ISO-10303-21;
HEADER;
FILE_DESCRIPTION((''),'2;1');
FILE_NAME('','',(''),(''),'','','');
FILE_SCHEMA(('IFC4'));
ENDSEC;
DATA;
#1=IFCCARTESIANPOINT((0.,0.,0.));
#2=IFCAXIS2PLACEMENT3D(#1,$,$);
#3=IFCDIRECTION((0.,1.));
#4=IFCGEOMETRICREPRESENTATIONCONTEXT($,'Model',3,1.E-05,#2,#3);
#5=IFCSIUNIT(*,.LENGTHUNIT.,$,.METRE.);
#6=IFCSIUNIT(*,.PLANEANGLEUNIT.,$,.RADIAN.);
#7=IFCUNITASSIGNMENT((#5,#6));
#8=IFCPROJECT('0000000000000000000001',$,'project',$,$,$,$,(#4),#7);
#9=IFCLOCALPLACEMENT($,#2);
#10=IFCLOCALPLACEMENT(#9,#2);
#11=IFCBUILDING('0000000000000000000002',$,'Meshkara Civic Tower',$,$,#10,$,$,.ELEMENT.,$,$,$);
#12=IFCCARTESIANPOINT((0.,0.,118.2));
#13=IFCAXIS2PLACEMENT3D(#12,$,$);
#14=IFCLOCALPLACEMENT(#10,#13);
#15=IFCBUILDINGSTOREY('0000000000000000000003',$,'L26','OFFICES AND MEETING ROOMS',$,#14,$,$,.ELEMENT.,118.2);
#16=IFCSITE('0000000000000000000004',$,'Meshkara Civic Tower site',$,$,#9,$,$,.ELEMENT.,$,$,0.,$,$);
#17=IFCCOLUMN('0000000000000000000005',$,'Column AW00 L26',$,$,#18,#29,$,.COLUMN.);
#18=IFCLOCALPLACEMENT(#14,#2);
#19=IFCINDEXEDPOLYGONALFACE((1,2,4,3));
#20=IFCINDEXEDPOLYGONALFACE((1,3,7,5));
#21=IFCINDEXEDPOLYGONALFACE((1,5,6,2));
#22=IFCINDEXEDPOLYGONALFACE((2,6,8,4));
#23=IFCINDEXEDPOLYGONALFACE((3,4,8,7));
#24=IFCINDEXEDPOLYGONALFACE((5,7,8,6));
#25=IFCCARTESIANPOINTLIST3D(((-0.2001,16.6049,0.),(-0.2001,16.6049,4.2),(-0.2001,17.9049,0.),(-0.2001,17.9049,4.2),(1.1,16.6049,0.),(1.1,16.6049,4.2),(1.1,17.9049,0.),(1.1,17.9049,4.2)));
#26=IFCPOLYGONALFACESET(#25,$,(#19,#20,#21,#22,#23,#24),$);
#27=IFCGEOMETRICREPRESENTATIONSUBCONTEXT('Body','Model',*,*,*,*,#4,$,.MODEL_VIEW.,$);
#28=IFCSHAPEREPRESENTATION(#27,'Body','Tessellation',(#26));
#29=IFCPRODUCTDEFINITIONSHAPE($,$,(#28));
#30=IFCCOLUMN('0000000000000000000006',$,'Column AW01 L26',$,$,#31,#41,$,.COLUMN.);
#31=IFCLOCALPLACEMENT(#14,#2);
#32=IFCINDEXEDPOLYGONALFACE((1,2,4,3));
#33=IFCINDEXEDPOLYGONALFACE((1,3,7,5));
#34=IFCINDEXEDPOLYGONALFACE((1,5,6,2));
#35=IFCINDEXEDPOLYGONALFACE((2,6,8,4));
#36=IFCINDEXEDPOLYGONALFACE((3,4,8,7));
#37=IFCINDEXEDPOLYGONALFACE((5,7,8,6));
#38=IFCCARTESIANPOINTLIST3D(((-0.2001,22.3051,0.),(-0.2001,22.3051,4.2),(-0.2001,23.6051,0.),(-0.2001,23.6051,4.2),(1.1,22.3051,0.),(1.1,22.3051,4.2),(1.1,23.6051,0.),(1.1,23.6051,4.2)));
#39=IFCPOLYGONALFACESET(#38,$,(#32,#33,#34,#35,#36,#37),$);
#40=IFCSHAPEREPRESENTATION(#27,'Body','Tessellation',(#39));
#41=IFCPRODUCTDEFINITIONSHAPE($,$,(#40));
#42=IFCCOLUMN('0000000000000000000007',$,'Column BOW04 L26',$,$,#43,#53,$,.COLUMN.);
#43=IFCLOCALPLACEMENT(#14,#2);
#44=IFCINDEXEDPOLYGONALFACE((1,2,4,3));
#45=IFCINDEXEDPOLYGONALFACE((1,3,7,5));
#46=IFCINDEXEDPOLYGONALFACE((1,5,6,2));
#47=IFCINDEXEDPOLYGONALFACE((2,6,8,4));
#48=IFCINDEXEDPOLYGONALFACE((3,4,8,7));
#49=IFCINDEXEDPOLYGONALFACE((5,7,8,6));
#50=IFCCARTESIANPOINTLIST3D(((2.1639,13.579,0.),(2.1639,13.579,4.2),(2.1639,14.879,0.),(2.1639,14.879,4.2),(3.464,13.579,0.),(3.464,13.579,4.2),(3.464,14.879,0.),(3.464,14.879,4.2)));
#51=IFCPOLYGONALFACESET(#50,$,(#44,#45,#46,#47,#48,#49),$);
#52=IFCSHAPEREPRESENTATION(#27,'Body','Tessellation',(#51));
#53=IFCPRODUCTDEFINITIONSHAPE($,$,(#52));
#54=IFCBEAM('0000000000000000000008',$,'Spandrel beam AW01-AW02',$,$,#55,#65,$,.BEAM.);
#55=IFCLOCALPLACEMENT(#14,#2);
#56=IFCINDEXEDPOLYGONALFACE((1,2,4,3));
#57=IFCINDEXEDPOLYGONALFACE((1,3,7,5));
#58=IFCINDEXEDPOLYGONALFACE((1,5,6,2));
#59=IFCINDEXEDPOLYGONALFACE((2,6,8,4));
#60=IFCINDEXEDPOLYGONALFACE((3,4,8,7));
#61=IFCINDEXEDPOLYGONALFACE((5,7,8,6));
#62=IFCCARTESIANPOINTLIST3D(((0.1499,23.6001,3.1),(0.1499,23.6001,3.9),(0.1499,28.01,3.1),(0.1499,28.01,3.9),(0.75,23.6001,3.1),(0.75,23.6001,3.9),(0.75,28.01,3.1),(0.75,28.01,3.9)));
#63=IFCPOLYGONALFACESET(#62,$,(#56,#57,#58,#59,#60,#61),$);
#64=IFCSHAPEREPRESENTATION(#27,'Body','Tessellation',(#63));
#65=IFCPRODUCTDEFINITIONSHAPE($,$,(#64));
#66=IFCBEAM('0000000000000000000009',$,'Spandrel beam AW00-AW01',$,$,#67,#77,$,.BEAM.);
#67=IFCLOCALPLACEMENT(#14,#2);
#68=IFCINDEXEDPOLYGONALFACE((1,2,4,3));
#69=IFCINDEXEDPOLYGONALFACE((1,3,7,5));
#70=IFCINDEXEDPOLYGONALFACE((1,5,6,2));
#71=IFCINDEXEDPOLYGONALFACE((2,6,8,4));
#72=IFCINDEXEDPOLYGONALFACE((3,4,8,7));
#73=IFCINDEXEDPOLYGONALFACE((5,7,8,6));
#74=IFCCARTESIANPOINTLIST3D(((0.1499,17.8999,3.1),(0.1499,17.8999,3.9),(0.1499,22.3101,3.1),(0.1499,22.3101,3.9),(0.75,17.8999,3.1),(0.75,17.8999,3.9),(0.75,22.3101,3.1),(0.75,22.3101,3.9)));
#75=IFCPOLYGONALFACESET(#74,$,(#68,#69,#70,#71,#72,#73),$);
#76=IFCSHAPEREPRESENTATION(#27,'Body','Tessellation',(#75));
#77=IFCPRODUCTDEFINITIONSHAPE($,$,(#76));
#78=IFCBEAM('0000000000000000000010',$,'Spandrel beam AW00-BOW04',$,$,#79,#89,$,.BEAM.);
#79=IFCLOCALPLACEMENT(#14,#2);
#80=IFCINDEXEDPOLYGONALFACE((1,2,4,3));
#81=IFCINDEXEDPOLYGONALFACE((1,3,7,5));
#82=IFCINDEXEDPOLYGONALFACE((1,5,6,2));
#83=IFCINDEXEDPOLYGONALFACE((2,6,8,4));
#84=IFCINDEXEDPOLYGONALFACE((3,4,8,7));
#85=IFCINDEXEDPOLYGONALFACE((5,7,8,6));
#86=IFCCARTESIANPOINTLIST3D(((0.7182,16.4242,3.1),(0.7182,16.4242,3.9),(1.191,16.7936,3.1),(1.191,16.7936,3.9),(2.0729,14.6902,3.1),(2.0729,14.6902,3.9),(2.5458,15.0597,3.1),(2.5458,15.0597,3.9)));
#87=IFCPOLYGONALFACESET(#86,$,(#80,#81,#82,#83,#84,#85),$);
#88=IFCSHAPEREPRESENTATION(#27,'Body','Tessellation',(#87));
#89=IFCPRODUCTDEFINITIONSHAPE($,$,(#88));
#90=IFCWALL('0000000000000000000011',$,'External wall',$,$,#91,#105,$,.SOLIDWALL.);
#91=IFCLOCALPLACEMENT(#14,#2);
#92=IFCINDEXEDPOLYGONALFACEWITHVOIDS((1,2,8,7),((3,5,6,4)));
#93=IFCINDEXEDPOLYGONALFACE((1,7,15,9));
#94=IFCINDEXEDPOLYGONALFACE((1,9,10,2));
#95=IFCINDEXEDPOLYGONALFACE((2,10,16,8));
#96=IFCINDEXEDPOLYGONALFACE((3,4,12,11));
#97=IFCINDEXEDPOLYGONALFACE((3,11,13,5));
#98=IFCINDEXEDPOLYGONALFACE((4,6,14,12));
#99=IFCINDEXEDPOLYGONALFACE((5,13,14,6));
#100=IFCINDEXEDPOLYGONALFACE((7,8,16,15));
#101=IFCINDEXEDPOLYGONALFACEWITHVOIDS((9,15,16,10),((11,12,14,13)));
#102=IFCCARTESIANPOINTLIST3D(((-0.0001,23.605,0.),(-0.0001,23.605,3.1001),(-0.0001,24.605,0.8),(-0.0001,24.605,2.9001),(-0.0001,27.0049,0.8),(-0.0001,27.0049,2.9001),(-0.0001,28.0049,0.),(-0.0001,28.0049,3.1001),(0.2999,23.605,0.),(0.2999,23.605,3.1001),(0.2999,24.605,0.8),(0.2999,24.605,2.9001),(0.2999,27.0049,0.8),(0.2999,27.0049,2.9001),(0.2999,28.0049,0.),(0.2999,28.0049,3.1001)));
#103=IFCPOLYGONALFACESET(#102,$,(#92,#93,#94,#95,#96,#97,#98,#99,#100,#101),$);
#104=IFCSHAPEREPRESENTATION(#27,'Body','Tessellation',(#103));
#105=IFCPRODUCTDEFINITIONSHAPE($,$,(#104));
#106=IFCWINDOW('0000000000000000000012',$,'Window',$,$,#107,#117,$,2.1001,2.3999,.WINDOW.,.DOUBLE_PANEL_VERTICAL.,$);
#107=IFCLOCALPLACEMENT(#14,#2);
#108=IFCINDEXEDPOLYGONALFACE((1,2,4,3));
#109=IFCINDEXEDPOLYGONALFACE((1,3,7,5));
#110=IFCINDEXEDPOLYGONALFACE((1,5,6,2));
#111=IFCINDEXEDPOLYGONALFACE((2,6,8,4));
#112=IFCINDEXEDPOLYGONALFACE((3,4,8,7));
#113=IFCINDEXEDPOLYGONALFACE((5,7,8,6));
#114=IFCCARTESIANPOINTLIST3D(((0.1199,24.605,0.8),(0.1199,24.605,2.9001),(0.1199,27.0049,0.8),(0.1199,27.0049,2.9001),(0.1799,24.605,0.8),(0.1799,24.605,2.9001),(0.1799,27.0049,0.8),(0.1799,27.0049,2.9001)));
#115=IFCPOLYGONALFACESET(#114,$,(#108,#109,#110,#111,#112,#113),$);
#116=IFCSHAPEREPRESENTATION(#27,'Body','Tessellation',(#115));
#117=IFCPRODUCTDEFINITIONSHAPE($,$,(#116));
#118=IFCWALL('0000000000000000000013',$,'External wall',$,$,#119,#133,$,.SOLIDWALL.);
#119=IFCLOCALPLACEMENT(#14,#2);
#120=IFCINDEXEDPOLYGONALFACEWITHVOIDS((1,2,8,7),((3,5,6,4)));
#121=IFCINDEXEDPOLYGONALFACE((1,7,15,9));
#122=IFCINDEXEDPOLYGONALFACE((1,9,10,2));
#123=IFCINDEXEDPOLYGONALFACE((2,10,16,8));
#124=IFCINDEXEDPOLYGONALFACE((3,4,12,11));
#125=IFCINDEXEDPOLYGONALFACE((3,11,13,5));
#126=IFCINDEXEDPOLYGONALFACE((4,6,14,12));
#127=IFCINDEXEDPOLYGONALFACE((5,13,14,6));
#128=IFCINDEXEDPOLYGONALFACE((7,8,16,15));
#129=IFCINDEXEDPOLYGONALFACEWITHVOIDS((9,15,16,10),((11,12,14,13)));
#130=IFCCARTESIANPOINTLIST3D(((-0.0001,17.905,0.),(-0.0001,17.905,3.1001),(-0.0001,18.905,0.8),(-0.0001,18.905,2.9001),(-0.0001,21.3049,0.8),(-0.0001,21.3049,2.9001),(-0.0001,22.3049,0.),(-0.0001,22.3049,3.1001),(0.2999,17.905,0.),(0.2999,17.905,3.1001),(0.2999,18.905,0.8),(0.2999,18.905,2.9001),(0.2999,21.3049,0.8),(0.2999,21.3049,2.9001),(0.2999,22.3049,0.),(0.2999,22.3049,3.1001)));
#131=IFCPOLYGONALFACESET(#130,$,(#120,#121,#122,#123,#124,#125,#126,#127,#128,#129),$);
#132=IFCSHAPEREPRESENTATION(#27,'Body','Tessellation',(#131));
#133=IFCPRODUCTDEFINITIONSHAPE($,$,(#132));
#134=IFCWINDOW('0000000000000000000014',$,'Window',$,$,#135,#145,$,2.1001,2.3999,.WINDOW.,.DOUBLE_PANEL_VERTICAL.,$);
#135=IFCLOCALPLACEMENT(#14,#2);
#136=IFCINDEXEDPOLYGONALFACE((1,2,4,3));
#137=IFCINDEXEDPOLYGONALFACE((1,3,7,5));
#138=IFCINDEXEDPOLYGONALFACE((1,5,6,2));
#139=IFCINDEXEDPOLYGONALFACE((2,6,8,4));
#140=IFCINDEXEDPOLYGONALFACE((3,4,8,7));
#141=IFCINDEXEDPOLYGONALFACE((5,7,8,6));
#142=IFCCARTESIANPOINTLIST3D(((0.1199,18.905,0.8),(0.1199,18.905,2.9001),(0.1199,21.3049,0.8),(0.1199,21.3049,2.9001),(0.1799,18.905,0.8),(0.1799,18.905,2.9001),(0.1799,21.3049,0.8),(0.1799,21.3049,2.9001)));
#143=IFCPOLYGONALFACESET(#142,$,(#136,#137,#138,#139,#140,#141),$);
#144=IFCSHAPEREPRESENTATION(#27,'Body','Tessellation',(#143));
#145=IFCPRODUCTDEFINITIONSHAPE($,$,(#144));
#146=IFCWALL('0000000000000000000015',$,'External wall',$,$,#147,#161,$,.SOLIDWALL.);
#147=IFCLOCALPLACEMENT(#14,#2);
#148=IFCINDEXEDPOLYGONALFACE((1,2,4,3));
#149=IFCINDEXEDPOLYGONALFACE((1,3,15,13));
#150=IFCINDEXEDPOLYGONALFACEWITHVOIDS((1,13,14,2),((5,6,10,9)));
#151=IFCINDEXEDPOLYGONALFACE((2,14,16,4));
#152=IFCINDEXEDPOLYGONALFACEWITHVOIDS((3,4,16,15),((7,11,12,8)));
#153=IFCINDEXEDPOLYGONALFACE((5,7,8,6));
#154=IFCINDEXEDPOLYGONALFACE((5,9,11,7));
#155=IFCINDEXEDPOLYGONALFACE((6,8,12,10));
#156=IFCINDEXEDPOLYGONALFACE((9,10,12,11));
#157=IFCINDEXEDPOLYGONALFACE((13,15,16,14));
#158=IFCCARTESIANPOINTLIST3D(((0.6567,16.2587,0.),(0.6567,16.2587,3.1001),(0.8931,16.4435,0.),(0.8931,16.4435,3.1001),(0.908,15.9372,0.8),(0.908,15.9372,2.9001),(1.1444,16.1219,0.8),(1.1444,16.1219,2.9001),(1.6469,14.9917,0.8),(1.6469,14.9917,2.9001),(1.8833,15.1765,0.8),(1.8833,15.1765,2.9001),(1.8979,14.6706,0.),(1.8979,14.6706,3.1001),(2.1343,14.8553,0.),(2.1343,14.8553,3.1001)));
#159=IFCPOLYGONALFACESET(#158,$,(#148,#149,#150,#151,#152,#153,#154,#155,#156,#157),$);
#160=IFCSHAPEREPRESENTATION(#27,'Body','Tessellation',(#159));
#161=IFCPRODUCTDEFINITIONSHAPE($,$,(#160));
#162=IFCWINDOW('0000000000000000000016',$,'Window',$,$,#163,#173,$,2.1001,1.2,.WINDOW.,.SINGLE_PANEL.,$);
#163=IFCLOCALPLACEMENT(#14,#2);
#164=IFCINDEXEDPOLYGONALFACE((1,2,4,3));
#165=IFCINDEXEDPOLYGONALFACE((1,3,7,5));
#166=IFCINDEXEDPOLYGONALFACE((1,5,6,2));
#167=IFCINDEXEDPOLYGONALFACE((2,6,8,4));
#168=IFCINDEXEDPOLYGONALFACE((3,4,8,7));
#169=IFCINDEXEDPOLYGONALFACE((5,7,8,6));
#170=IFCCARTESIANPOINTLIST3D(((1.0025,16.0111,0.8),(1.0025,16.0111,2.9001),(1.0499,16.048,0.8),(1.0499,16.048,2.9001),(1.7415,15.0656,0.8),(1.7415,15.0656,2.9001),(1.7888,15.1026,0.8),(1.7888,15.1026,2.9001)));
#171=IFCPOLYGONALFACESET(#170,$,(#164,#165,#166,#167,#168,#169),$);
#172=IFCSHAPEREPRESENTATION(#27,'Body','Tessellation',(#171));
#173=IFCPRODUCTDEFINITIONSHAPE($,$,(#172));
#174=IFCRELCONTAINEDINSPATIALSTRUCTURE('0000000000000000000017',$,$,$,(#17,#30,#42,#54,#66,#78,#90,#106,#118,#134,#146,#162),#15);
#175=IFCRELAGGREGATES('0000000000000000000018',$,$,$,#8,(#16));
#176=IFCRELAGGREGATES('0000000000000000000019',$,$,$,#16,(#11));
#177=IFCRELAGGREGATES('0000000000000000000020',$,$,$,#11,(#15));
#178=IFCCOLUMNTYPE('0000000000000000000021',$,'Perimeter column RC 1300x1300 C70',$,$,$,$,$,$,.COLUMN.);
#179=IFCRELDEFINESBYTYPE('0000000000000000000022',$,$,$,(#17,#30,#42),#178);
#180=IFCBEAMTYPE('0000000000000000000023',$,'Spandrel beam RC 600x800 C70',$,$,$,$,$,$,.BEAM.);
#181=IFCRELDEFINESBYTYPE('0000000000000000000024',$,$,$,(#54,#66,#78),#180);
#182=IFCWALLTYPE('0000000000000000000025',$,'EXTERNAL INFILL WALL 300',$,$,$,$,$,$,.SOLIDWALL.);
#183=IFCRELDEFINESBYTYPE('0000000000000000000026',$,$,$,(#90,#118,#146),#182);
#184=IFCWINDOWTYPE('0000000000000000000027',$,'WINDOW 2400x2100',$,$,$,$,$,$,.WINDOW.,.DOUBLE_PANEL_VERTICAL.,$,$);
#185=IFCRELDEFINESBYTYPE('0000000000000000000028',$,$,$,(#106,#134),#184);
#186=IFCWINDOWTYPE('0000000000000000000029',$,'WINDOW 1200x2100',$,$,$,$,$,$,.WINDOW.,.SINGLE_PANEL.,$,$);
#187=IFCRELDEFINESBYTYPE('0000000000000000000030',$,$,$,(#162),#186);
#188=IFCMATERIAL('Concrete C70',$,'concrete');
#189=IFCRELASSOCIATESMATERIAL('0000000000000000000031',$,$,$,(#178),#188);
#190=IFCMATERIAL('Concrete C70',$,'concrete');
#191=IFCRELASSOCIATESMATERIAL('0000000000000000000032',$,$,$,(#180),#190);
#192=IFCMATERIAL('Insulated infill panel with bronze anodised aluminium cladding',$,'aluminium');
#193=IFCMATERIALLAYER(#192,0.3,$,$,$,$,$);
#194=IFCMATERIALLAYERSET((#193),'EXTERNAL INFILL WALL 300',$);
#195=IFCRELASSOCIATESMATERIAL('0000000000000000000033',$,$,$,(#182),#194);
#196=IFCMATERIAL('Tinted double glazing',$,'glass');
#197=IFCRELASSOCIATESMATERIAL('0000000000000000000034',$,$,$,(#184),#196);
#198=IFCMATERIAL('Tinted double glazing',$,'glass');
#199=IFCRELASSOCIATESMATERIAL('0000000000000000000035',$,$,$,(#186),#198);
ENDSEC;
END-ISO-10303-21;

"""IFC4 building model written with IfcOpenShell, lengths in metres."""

from ifc_helpers import new_model, si_unit, direction, frame, frame_2d, origin, origin_2d, place, context, subcontext, project, spatial, rectangle, extrude, material, layer, layer_set, material_profile, profile_set, type_object, element, fill, save


model = new_model("IFC4")

# Units and contexts
model_context = context("Model", 3, precision=1e-05, world=origin(), true_north=direction((0.0, 1.0)))
body_context = subcontext(model_context, "Body", "Model", "MODEL_VIEW")
ifc_project = project(units=[si_unit("LENGTHUNIT", "METRE"), si_unit("PLANEANGLEUNIT", "RADIAN")], contexts=[model_context])

# Site, building, storey
site_placement = place(None, origin())
site = spatial("IfcSite", under=ifc_project, at=site_placement, Name="Meshkara Civic Tower site", CompositionType="ELEMENT", RefElevation=0.0)
building_placement = place(site_placement, origin())
building = spatial("IfcBuilding", under=site, at=building_placement, Name="Meshkara Civic Tower", CompositionType="ELEMENT")
storey_placement = place(building_placement, frame((0.0, 0.0, 118.2)))
storey = spatial("IfcBuildingStorey", under=building, at=storey_placement, Name="L26", Description="OFFICES AND MEETING ROOMS", CompositionType="ELEMENT", Elevation=118.2)

# Columns
ifc_material_1 = material(Name="Concrete C70", Category="concrete")
ifc_material_profile_1 = material_profile(ifc_material_1, rectangle(XDim=1.3, YDim=1.3, at=origin_2d()))
ifc_profile_set_1 = profile_set([ifc_material_profile_1], Name="Concrete C70")
column_type = type_object("IfcColumnType", Name="Perimeter column RC 1300x1300 C70", PredefinedType="COLUMN", material=ifc_profile_set_1)
for number, where, z_axis, x_axis, name in (
    (1, (0.45, 17.2549, 0.0), (0.0, 0.0, 1.0), (1.0, 0.0, 0.0), "Column AW00 L26"),
    (2, (0.45, 22.9551, 0.0), (0.0, 0.0, 1.0), (1.0, 0.0, 0.0), "Column AW01 L26"),
    (3, (2.814, 14.229, 0.0), (0.0, 0.0, 1.0), (1.0, 0.0, 0.0), "Column BOW04 L26"),
):
    element("IfcColumn", number, at=place(storey_placement, frame(where, z_axis=z_axis, x_axis=x_axis)), inside=storey, type_object=column_type, Name=name, PredefinedType="COLUMN", context=body_context, shape_type="SweptSolid", body=[
        extrude(rectangle(XDim=1.3, YDim=1.3, at=origin_2d()), origin(), (0.0, 0.0, 1.0), 4.2),
    ])

# Beams
ifc_material_2 = material(Name="Concrete C70", Category="concrete")
ifc_material_profile_2 = material_profile(ifc_material_2, rectangle(XDim=0.6001, YDim=0.8, at=origin_2d()))
ifc_profile_set_2 = profile_set([ifc_material_profile_2], Name="Concrete C70")
beam_type = type_object("IfcBeamType", Name="Spandrel beam RC 600x800 C70", PredefinedType="BEAM", material=ifc_profile_set_2)
beam_1_placement = place(storey_placement, frame((0.45, 28.01, 3.5), z_axis=(0.0, -1.0, 0.0), x_axis=(1.0, 0.0, 0.0)))
element("IfcBeam", 4, at=beam_1_placement, inside=storey, type_object=beam_type, Name="Spandrel beam AW01-AW02", PredefinedType="BEAM", context=body_context, shape_type="SweptSolid", body=[
    extrude(rectangle(XDim=0.6001, YDim=0.8, at=origin_2d()), origin(), (0.0, 0.0, 1.0), 4.4099),
])
beam_2_placement = place(storey_placement, frame((0.45, 22.3101, 3.5), z_axis=(0.0, -1.0, 0.0), x_axis=(1.0, 0.0, 0.0)))
element("IfcBeam", 5, at=beam_2_placement, inside=storey, type_object=beam_type, Name="Spandrel beam AW00-AW01", PredefinedType="BEAM", context=body_context, shape_type="SweptSolid", body=[
    extrude(rectangle(XDim=0.6001, YDim=0.8, at=origin_2d()), origin(), (0.0, 0.0, 1.0), 4.4102),
])
beam_3_placement = place(storey_placement, frame((0.9546, 16.6089, 3.5), z_axis=(0.615683, -0.787994, 0.0), x_axis=(0.787994, 0.615683, 0.0)))
element("IfcBeam", 6, at=beam_3_placement, inside=storey, type_object=beam_type, Name="Spandrel beam AW00-BOW04", PredefinedType="BEAM", context=body_context, shape_type="SweptSolid", body=[
    extrude(rectangle(XDim=0.6001, YDim=0.8, at=origin_2d()), origin(), (0.0, 0.0, 1.0), 2.2004),
])

# Walls, openings, windows
ifc_material_3 = material(Name="Insulated infill panel with bronze anodised aluminium cladding", Category="aluminium")
ifc_layer_1 = layer(ifc_material_3, 0.3)
ifc_layer_set_1 = layer_set([ifc_layer_1], Name="EXTERNAL INFILL WALL 300")
wall_type_1 = type_object("IfcWallType", Name="EXTERNAL INFILL WALL 300", PredefinedType="SOLIDWALL", material=ifc_layer_set_1)
wall_1_placement = place(storey_placement, frame((0.1499, 28.0049, 0.0), z_axis=(0.0, 0.0, 1.0), x_axis=(0.0, -1.0, 0.0)))
wall_1 = element("IfcWall", 7, at=wall_1_placement, inside=storey, type_object=wall_type_1, Name="External wall", PredefinedType="SOLIDWALL", context=body_context, shape_type="SweptSolid", body=[
    extrude(rectangle(XDim=4.3999, YDim=0.3, at=frame_2d((2.2, 0.0))), origin(), (0.0, 0.0, 1.0), 3.1001),
])
opening_1_placement = place(wall_1_placement, frame((1.0, 0.0, 0.8)))
opening_1 = element("IfcOpeningElement", 8, at=opening_1_placement, cuts=wall_1, PredefinedType="OPENING", context=body_context, shape_type="SweptSolid", body=[
    extrude(rectangle(XDim=2.3999, YDim=2.1001, at=frame_2d((1.2, 1.05))), frame((0.0, 0.1599, 0.0), z_axis=(0.0, -1.0, 0.0), x_axis=(1.0, 0.0, 0.0)), (0.0, 0.0, 1.0), 0.3201),
])
ifc_material_4 = material(Name="Tinted double glazing", Category="glass")
window_type_1 = type_object("IfcWindowType", Name="WINDOW 2400x2100", PartitioningType="DOUBLE_PANEL_VERTICAL", PredefinedType="WINDOW", material=ifc_material_4)
window_1_placement = place(opening_1_placement, origin())
window_1 = element("IfcWindow", 9, at=window_1_placement, inside=storey, type_object=window_type_1, Name="Window", OverallHeight=2.1001, OverallWidth=2.3999, PartitioningType="DOUBLE_PANEL_VERTICAL", PredefinedType="WINDOW", context=body_context, shape_type="SweptSolid", body=[
    extrude(rectangle(XDim=2.3999, YDim=2.1001, at=frame_2d((1.2, 1.05))), frame((0.0, 0.03, 0.0), z_axis=(0.0, -1.0, 0.0), x_axis=(1.0, 0.0, 0.0)), (0.0, 0.0, 1.0), 0.0601),
])
fill(opening_1, window_1)
wall_2_placement = place(storey_placement, frame((0.1499, 22.3049, 0.0), z_axis=(0.0, 0.0, 1.0), x_axis=(0.0, -1.0, 0.0)))
wall_2 = element("IfcWall", 10, at=wall_2_placement, inside=storey, type_object=wall_type_1, Name="External wall", PredefinedType="SOLIDWALL", context=body_context, shape_type="SweptSolid", body=[
    extrude(rectangle(XDim=4.3999, YDim=0.3, at=frame_2d((2.2, 0.0))), origin(), (0.0, 0.0, 1.0), 3.1001),
])
opening_2_placement = place(wall_2_placement, frame((1.0, 0.0, 0.8)))
opening_2 = element("IfcOpeningElement", 11, at=opening_2_placement, cuts=wall_2, PredefinedType="OPENING", context=body_context, shape_type="SweptSolid", body=[
    extrude(rectangle(XDim=2.3999, YDim=2.1001, at=frame_2d((1.2, 1.05))), frame((0.0, 0.1599, 0.0), z_axis=(0.0, -1.0, 0.0), x_axis=(1.0, 0.0, 0.0)), (0.0, 0.0, 1.0), 0.3201),
])
window_2_placement = place(opening_2_placement, origin())
window_2 = element("IfcWindow", 12, at=window_2_placement, inside=storey, type_object=window_type_1, Name="Window", OverallHeight=2.1001, OverallWidth=2.3999, PartitioningType="DOUBLE_PANEL_VERTICAL", PredefinedType="WINDOW", context=body_context, shape_type="SweptSolid", body=[
    extrude(rectangle(XDim=2.3999, YDim=2.1001, at=frame_2d((1.2, 1.05))), frame((0.0, 0.03, 0.0), z_axis=(0.0, -1.0, 0.0), x_axis=(1.0, 0.0, 0.0)), (0.0, 0.0, 1.0), 0.0601),
])
fill(opening_2, window_2)
wall_3_placement = place(storey_placement, frame((0.7749, 16.3511, 0.0), z_axis=(0.0, 0.0, 1.0), x_axis=(0.615792, -0.787909, 0.0)))
wall_3 = element("IfcWall", 13, at=wall_3_placement, inside=storey, type_object=wall_type_1, Name="External wall", PredefinedType="SOLIDWALL", context=body_context, shape_type="SweptSolid", body=[
    extrude(rectangle(XDim=2.0156, YDim=0.3, at=frame_2d((1.0078, 0.0))), origin(), (0.0, 0.0, 1.0), 3.1001),
])
opening_3_placement = place(wall_3_placement, frame((0.408, 0.0, 0.8)))
opening_3 = element("IfcOpeningElement", 14, at=opening_3_placement, cuts=wall_3, PredefinedType="OPENING", context=body_context, shape_type="SweptSolid", body=[
    extrude(rectangle(XDim=1.2, YDim=2.1001, at=frame_2d((0.6001, 1.05))), frame((0.0, 0.1599, 0.0), z_axis=(0.0, -1.0, 0.0), x_axis=(1.0, 0.0, 0.0)), (0.0, 0.0, 1.0), 0.3201),
])
ifc_material_5 = material(Name="Tinted double glazing", Category="glass")
window_type_2 = type_object("IfcWindowType", Name="WINDOW 1200x2100", PartitioningType="SINGLE_PANEL", PredefinedType="WINDOW", material=ifc_material_5)
window_3_placement = place(opening_3_placement, origin())
window_3 = element("IfcWindow", 15, at=window_3_placement, inside=storey, type_object=window_type_2, Name="Window", OverallHeight=2.1001, OverallWidth=1.2, PartitioningType="SINGLE_PANEL", PredefinedType="WINDOW", context=body_context, shape_type="SweptSolid", body=[
    extrude(rectangle(XDim=1.2, YDim=2.1001, at=frame_2d((0.6001, 1.05))), frame((0.0, 0.03, 0.0), z_axis=(0.0, -1.0, 0.0), x_axis=(1.0, 0.0, 0.0)), (0.0, 0.0, 1.0), 0.0601),
])
fill(opening_3, window_3)

save(model, "model.ifc")
